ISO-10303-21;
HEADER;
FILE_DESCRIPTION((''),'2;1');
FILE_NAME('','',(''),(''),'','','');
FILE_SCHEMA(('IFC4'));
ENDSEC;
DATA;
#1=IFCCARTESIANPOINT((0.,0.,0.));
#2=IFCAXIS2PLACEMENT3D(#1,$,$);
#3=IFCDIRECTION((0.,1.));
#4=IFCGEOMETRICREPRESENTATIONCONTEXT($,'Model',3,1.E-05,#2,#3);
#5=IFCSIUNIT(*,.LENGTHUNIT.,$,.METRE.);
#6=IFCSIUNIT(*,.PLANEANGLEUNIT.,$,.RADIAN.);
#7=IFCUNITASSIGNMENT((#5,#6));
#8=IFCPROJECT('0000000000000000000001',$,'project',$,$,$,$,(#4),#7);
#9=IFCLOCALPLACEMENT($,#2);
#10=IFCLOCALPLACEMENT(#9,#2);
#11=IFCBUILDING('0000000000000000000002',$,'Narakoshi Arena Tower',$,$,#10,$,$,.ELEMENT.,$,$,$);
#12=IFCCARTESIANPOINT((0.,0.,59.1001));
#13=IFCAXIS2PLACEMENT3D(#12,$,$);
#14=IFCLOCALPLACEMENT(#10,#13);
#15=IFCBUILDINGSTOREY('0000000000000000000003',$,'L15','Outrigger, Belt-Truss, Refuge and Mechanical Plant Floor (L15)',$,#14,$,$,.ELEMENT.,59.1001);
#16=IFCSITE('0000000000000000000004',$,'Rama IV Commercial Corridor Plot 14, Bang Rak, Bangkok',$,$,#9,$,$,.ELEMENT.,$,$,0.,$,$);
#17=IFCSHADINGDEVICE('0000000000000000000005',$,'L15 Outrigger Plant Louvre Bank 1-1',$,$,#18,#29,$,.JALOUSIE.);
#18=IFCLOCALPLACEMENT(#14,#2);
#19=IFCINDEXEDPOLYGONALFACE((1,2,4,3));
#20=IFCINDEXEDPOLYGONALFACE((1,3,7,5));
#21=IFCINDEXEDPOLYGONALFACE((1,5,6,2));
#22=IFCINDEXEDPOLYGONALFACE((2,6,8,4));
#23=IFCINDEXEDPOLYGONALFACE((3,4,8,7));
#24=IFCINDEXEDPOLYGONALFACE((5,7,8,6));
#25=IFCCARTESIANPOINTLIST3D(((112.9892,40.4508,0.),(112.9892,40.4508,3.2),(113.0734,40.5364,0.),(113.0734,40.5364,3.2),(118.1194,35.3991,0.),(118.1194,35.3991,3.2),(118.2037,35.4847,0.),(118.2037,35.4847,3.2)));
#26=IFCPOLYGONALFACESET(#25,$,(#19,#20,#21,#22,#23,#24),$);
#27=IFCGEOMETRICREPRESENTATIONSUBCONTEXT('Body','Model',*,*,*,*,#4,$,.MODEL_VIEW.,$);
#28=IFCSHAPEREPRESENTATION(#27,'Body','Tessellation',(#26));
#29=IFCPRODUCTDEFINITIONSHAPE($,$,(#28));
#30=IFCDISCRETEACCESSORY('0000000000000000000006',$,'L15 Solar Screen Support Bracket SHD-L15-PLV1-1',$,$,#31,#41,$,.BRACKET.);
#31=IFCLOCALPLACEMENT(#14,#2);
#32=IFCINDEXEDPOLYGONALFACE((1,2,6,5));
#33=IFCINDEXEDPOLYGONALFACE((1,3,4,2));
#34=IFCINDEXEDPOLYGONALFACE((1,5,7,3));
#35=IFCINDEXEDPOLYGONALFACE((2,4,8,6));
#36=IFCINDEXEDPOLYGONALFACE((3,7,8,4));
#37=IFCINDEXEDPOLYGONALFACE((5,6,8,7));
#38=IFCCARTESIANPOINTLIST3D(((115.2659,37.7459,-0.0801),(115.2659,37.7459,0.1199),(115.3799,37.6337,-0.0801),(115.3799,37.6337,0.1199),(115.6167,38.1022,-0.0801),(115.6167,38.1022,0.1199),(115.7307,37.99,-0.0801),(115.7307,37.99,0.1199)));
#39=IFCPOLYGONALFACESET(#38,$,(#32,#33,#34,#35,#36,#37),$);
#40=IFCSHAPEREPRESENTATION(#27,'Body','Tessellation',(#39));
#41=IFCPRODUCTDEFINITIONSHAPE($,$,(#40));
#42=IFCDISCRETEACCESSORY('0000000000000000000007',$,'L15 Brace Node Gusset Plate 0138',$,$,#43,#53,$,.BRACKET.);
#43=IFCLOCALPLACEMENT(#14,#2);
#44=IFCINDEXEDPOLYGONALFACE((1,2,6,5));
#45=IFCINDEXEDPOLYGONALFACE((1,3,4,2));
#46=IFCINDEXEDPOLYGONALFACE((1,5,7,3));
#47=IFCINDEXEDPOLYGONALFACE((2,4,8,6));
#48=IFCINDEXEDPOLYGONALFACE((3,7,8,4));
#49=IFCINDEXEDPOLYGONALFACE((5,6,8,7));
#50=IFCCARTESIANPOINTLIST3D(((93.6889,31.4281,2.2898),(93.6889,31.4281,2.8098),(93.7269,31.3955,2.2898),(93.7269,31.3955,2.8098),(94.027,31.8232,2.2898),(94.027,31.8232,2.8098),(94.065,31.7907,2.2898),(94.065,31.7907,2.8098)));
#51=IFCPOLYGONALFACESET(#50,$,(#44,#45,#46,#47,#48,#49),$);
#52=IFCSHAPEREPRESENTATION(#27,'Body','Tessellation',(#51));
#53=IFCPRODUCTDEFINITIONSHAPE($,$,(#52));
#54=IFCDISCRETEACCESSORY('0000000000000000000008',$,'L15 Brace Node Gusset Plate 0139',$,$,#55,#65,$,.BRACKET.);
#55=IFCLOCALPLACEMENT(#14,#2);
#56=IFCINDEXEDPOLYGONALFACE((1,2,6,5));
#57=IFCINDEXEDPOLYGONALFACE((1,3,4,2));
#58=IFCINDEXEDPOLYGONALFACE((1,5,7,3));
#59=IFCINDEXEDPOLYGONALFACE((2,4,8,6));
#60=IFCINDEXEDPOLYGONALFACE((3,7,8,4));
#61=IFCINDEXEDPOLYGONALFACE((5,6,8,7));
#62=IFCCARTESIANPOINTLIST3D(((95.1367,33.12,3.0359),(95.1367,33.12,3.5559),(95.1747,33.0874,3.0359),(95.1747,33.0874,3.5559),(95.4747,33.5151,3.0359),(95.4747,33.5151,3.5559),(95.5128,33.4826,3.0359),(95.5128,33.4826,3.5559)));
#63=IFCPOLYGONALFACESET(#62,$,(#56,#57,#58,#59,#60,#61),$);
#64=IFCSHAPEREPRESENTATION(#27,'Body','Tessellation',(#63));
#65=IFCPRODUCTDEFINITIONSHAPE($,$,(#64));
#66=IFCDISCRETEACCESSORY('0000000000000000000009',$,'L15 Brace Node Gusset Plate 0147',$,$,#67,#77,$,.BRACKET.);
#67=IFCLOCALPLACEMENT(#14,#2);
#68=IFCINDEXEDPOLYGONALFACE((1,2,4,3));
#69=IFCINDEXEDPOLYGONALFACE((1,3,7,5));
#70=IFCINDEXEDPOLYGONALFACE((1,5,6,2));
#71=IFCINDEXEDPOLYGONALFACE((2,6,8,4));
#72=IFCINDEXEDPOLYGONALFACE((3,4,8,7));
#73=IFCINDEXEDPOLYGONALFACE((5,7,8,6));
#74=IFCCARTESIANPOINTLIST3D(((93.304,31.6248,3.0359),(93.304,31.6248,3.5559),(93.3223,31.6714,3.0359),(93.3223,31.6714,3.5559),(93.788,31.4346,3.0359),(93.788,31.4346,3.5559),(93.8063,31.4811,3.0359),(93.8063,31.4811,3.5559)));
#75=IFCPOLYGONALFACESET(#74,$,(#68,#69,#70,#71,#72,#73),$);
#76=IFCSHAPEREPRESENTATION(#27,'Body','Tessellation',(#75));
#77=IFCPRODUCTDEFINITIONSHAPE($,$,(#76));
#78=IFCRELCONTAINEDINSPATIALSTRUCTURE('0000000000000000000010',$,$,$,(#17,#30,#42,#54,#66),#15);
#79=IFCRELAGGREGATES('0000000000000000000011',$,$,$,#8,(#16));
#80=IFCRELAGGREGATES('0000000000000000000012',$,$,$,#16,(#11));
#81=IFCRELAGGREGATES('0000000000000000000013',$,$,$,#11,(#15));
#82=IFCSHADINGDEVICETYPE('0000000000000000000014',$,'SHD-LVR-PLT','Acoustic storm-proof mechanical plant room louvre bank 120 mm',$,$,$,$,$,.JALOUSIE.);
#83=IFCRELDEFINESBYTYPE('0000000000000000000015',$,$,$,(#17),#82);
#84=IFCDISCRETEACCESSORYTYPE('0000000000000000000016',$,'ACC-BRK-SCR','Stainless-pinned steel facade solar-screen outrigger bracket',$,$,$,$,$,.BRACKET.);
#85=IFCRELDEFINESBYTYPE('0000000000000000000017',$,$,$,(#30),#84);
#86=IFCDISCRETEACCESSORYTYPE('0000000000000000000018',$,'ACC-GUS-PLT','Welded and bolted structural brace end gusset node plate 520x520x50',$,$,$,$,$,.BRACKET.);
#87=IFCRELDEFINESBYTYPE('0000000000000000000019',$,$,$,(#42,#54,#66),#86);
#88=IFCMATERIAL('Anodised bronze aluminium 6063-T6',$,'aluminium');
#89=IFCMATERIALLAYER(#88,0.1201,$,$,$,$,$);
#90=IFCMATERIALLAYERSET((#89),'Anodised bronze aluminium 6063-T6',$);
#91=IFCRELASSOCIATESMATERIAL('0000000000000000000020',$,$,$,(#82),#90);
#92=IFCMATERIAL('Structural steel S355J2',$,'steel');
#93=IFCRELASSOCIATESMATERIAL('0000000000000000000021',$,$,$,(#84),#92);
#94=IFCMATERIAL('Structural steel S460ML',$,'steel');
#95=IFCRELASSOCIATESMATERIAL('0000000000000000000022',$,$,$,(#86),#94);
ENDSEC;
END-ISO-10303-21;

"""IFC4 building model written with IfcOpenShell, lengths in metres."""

from ifc_helpers import new_model, si_unit, direction, frame, origin, origin_2d, place, context, subcontext, project, spatial, rectangle, extrude, material, layer, layer_set, type_object, element, save


model = new_model("IFC4")

# Units and contexts
model_context = context("Model", 3, precision=1e-05, world=origin(), true_north=direction((0.0, 1.0)))
body_context = subcontext(model_context, "Body", "Model", "MODEL_VIEW")
ifc_project = project(units=[si_unit("LENGTHUNIT", "METRE"), si_unit("PLANEANGLEUNIT", "RADIAN")], contexts=[model_context])

# Site, building, storey
site_placement = place(None, origin())
site = spatial("IfcSite", under=ifc_project, at=site_placement, Name="Rama IV Commercial Corridor Plot 14, Bang Rak, Bangkok", CompositionType="ELEMENT", RefElevation=0.0)
building_placement = place(site_placement, origin())
building = spatial("IfcBuilding", under=site, at=building_placement, Name="Narakoshi Arena Tower", CompositionType="ELEMENT")
storey_placement = place(building_placement, frame((0.0, 0.0, 59.1001)))
storey = spatial("IfcBuildingStorey", under=building, at=storey_placement, Name="L15", Description="Outrigger, Belt-Truss, Refuge and Mechanical Plant Floor (L15)", CompositionType="ELEMENT", Elevation=59.1001)

# Shared definitions
ifc_material_1 = material(Name="Structural steel S460ML", Category="steel")

# Shared definitions
ifc_material_2 = material(Name="Structural steel S355J2", Category="steel")

# Shared definitions
ifc_material_3 = material(Name="Anodised bronze aluminium 6063-T6", Category="aluminium")

# Shading device
ifc_layer_1 = layer(ifc_material_3, 0.1201)
ifc_layer_set_1 = layer_set([ifc_layer_1], Name="Anodised bronze aluminium 6063-T6")
shading_device_type = type_object("IfcShadingDeviceType", Name="SHD-LVR-PLT", Description="Acoustic storm-proof mechanical plant room louvre bank 120 mm", PredefinedType="JALOUSIE", material=ifc_layer_set_1)
shading_device_placement = place(storey_placement, frame((115.5964, 37.9678, 0.0), z_axis=(0.0, 0.0, 1.0), x_axis=(-0.712541, 0.701631, 0.0)))
element("IfcShadingDevice", 1, at=shading_device_placement, inside=storey, type_object=shading_device_type, Name="L15 Outrigger Plant Louvre Bank 1-1", PredefinedType="JALOUSIE", context=body_context, shape_type="SweptSolid", body=[
    extrude(rectangle(XDim=7.2, YDim=0.1201, at=origin_2d()), origin(), (0.0, 0.0, 1.0), 3.2),
])

# Discrete accessories
discrete_accessory_type_1 = type_object("IfcDiscreteAccessoryType", Name="ACC-BRK-SCR", Description="Stainless-pinned steel facade solar-screen outrigger bracket", PredefinedType="BRACKET", material=ifc_material_2)
discrete_accessory_placement = place(storey_placement, frame((115.4983, 37.8679, -0.0801), z_axis=(0.0, 0.0, 1.0), x_axis=(-0.712541, 0.701631, 0.0)))
element("IfcDiscreteAccessory", 2, at=discrete_accessory_placement, inside=storey, type_object=discrete_accessory_type_1, Name="L15 Solar Screen Support Bracket SHD-L15-PLV1-1", PredefinedType="BRACKET", context=body_context, shape_type="SweptSolid", body=[
    extrude(rectangle(XDim=0.1599, YDim=0.5, at=origin_2d()), origin(), (0.0, 0.0, 1.0), 0.2),
])
discrete_accessory_type_2 = type_object("IfcDiscreteAccessoryType", Name="ACC-GUS-PLT", Description="Welded and bolted structural brace end gusset node plate 520x520x50", PredefinedType="BRACKET", material=ifc_material_1)
for number, where, z_axis, x_axis, name in (
    (3, (93.877, 31.6094, 2.2898), (0.0, 0.0, 1.0), (0.650111, 0.759839, 0.0), "L15 Brace Node Gusset Plate 0138"),
    (4, (95.3247, 33.3013, 3.0359), (0.0, 0.0, 1.0), (0.650111, 0.759839, 0.0), "L15 Brace Node Gusset Plate 0139"),
    (5, (93.5552, 31.553, 3.0359), (0.0, 0.0, 1.0), (-0.930673, 0.365852, 0.0), "L15 Brace Node Gusset Plate 0147"),
):
    element("IfcDiscreteAccessory", number, at=place(storey_placement, frame(where, z_axis=z_axis, x_axis=x_axis)), inside=storey, type_object=discrete_accessory_type_2, Name=name, PredefinedType="BRACKET", context=body_context, shape_type="SweptSolid", body=[
        extrude(rectangle(XDim=0.52, YDim=0.05, at=origin_2d()), origin(), (0.0, 0.0, 1.0), 0.52),
    ])

save(model, "model.ifc")
